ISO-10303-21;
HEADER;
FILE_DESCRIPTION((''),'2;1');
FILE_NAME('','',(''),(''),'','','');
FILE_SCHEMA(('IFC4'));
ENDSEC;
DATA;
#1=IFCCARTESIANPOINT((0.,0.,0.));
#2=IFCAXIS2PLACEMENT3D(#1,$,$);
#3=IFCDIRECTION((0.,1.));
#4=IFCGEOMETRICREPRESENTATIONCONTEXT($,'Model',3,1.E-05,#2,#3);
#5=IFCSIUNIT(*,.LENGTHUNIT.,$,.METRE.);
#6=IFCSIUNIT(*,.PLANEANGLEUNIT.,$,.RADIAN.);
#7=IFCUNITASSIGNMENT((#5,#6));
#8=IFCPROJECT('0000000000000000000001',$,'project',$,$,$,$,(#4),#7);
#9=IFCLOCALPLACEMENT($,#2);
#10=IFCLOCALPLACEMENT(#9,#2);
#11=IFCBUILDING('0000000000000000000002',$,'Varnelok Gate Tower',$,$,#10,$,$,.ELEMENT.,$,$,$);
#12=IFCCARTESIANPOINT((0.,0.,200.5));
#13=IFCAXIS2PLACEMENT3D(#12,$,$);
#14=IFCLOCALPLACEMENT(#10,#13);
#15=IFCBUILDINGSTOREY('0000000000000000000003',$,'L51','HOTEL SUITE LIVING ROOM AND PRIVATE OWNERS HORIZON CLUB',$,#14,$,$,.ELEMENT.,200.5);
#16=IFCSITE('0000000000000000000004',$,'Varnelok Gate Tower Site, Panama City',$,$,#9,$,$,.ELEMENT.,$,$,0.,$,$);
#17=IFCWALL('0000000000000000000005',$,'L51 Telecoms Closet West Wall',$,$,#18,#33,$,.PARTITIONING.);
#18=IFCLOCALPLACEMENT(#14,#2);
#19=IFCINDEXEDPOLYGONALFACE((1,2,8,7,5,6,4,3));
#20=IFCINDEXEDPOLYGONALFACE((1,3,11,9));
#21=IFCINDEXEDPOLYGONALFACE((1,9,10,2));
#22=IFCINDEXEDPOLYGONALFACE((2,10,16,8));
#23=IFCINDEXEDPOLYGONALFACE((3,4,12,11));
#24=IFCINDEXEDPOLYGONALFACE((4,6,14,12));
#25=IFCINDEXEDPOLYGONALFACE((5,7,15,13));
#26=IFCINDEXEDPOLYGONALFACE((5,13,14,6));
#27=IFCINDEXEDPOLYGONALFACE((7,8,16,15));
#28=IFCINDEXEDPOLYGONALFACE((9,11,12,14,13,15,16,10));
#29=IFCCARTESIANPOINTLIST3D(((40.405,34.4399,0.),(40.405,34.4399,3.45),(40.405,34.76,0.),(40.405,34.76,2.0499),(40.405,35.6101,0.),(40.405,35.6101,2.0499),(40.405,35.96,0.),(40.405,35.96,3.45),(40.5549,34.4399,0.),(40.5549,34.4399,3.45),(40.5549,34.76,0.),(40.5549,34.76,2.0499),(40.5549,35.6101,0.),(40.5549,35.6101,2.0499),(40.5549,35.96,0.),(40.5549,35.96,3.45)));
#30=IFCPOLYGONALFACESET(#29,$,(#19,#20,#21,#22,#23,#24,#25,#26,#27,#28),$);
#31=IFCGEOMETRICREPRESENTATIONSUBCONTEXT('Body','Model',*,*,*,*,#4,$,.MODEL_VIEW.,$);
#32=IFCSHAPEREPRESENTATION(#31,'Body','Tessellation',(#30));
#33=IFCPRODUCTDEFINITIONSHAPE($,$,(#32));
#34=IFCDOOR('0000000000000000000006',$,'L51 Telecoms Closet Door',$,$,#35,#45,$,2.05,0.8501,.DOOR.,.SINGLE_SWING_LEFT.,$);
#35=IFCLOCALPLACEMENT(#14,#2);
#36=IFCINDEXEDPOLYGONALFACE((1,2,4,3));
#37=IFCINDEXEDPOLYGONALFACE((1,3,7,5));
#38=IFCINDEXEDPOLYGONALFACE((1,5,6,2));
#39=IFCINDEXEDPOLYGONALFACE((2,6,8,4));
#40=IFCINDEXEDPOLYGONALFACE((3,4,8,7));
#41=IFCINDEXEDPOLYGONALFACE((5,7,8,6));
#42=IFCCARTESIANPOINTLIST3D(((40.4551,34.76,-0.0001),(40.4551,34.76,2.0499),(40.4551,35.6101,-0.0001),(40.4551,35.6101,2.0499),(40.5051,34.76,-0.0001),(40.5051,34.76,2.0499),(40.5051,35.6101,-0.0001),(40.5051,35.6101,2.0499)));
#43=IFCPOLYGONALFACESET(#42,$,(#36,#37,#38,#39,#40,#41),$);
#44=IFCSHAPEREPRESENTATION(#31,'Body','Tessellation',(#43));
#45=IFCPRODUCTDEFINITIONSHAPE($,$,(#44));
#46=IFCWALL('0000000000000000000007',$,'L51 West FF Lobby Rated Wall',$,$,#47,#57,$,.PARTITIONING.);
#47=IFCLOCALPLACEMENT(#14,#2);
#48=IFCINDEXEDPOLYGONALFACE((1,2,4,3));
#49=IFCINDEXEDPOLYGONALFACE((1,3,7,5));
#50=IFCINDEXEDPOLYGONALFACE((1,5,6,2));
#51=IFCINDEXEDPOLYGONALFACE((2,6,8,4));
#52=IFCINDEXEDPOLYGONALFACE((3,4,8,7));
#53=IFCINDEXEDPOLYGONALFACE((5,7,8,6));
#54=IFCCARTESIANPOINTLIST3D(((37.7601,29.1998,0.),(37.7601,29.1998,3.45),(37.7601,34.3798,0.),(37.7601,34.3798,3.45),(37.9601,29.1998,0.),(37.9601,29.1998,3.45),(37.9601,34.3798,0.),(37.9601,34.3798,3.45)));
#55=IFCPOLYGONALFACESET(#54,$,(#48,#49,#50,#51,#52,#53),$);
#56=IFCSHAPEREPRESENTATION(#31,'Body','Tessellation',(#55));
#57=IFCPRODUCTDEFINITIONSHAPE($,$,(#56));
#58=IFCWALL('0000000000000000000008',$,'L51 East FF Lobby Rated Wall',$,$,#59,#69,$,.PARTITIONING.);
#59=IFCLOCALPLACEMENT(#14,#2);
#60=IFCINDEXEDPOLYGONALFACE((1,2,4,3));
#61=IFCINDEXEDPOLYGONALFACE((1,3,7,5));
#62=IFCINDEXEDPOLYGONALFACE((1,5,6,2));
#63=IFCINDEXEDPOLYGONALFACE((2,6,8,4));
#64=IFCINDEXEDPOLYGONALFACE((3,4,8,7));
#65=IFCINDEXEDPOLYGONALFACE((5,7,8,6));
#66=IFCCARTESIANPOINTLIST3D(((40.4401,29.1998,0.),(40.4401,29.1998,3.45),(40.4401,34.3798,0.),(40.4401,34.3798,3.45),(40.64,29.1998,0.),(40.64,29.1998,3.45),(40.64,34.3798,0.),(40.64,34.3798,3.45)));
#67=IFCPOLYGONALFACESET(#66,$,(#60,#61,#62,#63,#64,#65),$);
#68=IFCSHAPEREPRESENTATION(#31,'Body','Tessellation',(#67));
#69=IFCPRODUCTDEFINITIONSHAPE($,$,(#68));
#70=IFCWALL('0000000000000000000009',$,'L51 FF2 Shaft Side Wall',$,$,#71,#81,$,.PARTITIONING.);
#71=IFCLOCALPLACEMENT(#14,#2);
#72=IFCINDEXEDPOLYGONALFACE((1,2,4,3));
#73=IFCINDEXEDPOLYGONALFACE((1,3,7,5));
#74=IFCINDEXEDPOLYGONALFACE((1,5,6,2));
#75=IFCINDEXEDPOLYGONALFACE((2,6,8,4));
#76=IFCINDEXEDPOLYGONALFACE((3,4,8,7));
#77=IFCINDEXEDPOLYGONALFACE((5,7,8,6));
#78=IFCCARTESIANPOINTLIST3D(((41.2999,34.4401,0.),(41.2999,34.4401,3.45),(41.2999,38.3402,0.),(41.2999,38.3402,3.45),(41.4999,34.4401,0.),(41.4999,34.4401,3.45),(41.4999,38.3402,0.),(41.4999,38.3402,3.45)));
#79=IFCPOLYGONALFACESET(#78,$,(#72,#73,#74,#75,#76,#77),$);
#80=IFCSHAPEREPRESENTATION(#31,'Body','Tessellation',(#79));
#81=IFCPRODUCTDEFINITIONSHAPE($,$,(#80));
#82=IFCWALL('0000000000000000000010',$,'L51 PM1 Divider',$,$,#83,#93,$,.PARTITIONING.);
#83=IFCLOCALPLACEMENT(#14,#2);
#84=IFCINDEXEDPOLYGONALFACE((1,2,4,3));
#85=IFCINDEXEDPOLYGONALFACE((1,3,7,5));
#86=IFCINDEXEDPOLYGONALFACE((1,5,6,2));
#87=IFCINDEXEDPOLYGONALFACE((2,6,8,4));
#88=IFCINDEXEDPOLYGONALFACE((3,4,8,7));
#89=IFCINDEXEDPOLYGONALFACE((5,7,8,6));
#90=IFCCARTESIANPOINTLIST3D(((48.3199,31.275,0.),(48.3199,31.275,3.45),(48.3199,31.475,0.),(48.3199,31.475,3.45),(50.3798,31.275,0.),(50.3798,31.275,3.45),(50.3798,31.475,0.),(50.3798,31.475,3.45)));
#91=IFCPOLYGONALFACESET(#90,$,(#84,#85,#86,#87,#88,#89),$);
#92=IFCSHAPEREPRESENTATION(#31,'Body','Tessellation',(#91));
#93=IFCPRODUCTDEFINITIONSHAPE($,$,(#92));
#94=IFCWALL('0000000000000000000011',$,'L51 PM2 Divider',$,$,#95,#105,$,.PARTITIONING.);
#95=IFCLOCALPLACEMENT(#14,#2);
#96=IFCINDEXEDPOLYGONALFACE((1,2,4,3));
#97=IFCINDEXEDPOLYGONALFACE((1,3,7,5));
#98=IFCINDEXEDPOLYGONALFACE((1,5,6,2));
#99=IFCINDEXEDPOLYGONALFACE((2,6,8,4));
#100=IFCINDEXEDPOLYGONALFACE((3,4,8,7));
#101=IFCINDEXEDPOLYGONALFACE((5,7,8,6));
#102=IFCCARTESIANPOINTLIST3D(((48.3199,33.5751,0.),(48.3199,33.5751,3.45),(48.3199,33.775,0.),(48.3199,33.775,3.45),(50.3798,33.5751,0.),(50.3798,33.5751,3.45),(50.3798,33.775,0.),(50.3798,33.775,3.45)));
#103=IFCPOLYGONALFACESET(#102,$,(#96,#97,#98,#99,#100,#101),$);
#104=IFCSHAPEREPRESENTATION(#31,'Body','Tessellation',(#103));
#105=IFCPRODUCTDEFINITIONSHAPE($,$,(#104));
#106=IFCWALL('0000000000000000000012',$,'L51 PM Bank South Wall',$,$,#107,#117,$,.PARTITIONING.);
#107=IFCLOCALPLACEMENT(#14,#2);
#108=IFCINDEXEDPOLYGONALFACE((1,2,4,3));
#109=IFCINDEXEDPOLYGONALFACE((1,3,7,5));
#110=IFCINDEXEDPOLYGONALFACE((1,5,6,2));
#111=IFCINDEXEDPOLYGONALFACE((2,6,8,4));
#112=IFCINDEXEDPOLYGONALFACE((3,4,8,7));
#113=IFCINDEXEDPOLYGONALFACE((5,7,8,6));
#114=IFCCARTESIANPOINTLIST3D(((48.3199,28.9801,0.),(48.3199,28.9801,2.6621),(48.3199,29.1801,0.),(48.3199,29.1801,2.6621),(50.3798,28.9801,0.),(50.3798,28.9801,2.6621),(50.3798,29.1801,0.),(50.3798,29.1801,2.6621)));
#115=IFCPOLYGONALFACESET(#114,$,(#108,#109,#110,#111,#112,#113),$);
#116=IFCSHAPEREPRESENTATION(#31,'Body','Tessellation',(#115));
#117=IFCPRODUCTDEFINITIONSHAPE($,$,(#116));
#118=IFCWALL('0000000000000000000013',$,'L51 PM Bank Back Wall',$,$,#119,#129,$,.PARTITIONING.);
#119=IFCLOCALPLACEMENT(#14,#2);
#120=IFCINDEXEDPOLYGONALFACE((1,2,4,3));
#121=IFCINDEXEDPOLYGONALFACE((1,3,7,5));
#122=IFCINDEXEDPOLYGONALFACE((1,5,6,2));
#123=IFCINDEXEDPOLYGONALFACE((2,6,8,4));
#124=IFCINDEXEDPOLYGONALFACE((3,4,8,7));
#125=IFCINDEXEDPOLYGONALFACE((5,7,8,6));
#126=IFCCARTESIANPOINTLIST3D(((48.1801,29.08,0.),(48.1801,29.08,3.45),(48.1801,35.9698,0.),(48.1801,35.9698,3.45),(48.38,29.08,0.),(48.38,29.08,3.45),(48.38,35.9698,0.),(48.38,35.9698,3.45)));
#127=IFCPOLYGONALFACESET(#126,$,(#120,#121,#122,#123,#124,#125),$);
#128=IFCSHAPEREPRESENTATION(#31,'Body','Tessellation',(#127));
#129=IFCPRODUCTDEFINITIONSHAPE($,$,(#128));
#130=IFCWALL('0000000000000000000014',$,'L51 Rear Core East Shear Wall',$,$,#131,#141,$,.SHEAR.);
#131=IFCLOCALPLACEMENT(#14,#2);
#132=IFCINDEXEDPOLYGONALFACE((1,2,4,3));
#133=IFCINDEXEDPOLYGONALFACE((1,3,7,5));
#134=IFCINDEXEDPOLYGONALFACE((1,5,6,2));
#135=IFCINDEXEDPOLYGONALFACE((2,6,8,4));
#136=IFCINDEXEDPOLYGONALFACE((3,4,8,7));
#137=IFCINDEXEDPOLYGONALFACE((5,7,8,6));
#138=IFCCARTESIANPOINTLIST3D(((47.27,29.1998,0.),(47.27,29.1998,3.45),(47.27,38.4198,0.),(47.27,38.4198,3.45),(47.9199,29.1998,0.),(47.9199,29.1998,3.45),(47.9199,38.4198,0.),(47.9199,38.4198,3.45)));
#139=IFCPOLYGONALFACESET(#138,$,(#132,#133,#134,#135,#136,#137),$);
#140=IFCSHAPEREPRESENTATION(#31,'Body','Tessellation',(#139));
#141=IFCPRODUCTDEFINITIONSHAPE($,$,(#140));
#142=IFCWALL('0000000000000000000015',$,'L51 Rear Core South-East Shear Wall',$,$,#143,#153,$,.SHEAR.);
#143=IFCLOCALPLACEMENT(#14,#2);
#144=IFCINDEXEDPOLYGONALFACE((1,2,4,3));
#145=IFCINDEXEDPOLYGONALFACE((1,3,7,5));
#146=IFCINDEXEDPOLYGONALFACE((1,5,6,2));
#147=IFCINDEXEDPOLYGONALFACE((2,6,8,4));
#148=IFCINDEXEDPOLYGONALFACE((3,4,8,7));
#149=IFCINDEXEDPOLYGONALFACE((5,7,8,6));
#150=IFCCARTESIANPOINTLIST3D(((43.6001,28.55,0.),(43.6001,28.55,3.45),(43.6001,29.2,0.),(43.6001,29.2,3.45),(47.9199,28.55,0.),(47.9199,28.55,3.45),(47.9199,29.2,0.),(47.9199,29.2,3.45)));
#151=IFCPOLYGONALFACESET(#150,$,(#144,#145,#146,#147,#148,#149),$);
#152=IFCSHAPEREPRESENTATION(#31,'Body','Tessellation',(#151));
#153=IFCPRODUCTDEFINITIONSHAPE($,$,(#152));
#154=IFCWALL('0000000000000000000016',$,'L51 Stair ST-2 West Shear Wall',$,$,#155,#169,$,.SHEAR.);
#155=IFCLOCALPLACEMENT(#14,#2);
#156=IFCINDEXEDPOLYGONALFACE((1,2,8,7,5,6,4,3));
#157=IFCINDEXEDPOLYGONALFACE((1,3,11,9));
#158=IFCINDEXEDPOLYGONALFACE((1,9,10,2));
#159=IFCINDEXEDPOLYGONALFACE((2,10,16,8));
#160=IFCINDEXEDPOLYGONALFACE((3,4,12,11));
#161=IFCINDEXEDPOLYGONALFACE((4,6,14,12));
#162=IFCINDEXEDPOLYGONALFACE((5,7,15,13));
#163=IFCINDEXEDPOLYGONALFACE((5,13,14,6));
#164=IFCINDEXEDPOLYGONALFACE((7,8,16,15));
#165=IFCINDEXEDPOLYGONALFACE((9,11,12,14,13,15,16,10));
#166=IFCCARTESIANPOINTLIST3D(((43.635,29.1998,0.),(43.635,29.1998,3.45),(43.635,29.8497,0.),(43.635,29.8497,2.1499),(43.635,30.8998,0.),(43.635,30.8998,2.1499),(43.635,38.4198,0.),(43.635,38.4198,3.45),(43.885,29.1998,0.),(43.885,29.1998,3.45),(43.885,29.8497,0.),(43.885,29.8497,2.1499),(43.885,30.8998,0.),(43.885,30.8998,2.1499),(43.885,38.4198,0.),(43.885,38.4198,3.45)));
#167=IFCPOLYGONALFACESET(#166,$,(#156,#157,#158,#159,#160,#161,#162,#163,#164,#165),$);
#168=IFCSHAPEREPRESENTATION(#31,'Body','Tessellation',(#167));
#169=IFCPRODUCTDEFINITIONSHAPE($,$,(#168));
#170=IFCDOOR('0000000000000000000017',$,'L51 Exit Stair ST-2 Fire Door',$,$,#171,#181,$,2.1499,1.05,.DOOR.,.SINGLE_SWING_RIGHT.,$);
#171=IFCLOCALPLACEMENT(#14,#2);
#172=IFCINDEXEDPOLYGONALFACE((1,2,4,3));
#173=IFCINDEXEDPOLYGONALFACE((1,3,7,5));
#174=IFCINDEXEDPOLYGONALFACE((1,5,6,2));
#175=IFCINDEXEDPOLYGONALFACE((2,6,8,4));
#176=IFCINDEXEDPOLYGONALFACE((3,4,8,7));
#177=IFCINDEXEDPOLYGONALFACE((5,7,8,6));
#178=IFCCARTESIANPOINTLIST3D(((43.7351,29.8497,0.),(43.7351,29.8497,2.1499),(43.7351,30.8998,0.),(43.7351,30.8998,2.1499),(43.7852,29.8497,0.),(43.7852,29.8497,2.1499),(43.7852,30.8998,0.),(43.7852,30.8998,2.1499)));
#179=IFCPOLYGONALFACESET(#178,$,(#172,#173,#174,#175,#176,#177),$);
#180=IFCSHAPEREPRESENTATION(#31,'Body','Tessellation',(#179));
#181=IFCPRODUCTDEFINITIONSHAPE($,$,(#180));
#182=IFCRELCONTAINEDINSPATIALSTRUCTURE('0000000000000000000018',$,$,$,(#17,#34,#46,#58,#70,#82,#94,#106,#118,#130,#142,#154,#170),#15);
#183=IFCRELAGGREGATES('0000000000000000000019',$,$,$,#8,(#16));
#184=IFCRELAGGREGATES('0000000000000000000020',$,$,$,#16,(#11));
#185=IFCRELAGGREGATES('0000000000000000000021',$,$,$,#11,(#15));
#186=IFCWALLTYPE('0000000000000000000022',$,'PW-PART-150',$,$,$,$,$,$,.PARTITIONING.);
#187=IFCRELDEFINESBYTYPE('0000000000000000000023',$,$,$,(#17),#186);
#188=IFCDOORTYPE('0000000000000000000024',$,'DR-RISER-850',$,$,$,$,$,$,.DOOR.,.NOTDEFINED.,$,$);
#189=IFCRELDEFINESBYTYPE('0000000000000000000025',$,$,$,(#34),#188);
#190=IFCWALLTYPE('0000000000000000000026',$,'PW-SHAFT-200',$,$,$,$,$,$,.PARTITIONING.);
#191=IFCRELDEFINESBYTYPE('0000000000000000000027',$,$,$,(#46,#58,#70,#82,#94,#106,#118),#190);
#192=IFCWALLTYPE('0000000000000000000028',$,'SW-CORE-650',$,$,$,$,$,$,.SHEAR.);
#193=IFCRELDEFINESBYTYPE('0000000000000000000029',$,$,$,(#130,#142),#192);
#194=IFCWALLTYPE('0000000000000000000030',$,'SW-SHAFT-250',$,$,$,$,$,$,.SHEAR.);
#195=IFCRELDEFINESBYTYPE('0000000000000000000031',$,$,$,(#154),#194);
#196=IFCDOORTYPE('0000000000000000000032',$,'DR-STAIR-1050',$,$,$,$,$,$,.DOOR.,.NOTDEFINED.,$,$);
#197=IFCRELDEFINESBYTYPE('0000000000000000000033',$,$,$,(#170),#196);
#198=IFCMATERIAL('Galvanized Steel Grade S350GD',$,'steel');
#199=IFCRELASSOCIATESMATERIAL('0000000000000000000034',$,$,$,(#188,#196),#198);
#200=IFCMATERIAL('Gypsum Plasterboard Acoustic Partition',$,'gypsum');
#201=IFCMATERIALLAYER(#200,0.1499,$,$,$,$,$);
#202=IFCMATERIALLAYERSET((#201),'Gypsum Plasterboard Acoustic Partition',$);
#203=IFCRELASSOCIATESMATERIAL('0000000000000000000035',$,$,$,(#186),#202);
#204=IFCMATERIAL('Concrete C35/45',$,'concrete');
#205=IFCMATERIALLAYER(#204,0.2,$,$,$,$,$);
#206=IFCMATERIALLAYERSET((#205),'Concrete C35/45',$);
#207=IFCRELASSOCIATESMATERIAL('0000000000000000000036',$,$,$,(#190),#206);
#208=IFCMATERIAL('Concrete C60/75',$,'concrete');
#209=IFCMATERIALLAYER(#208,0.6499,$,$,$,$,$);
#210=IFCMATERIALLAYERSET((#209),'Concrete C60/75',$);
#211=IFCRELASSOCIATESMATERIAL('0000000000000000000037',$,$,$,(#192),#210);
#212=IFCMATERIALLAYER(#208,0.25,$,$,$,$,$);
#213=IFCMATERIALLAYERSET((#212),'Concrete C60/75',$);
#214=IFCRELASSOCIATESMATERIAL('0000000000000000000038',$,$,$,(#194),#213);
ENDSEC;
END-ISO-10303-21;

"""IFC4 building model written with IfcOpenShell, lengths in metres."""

from ifc_helpers import new_model, si_unit, direction, frame, frame_2d, origin, place, context, subcontext, project, spatial, rectangle, extrude, material, layer, layer_set, type_object, element, fill, save


model = new_model("IFC4")

# Units and contexts
model_context = context("Model", 3, precision=1e-05, world=origin(), true_north=direction((0.0, 1.0)))
body_context = subcontext(model_context, "Body", "Model", "MODEL_VIEW")
ifc_project = project(units=[si_unit("LENGTHUNIT", "METRE"), si_unit("PLANEANGLEUNIT", "RADIAN")], contexts=[model_context])

# Site, building, storey
site_placement = place(None, origin())
site = spatial("IfcSite", under=ifc_project, at=site_placement, Name="Varnelok Gate Tower Site, Panama City", CompositionType="ELEMENT", RefElevation=0.0)
building_placement = place(site_placement, origin())
building = spatial("IfcBuilding", under=site, at=building_placement, Name="Varnelok Gate Tower", CompositionType="ELEMENT")
storey_placement = place(building_placement, frame((0.0, 0.0, 200.5)))
storey = spatial("IfcBuildingStorey", under=building, at=storey_placement, Name="L51", Description="HOTEL SUITE LIVING ROOM AND PRIVATE OWNERS HORIZON CLUB", CompositionType="ELEMENT", Elevation=200.5)

# Shared definitions
ifc_material_1 = material(Name="Concrete C60/75", Category="concrete")

# Wall, opening, door
ifc_material_2 = material(Name="Gypsum Plasterboard Acoustic Partition", Category="gypsum")
ifc_material_3 = material(Name="Galvanized Steel Grade S350GD", Category="steel")
door_type_1 = type_object("IfcDoorType", Name="DR-RISER-850", OperationType="NOTDEFINED", PredefinedType="DOOR", material=ifc_material_3)
ifc_layer_1 = layer(ifc_material_2, 0.1499)
ifc_layer_set_1 = layer_set([ifc_layer_1], Name="Gypsum Plasterboard Acoustic Partition")
wall_type_1 = type_object("IfcWallType", Name="PW-PART-150", PredefinedType="PARTITIONING", material=ifc_layer_set_1)
wall_1_placement = place(storey_placement, frame((40.48, 34.4399, 0.0), z_axis=(0.0, 0.0, 1.0), x_axis=(0.0, 1.0, 0.0)))
wall_1 = element("IfcWall", 1, at=wall_1_placement, inside=storey, type_object=wall_type_1, Name="L51 Telecoms Closet West Wall", PredefinedType="PARTITIONING", context=body_context, shape_type="SweptSolid", body=[
    extrude(rectangle(XDim=1.52, YDim=0.1499, at=frame_2d((0.76, 0.0))), origin(), (0.0, 0.0, 1.0), 3.45),
])
opening_1_placement = place(wall_1_placement, frame((0.3201, 0.0, 0.0)))
opening_1 = element("IfcOpeningElement", 2, at=opening_1_placement, cuts=wall_1, PredefinedType="OPENING", context=body_context, shape_type="SweptSolid", body=[
    extrude(rectangle(XDim=0.8501, YDim=2.05, at=frame_2d((0.425, 1.0249))), frame((0.0, 0.085, 0.0), z_axis=(0.0, -1.0, 0.0), x_axis=(1.0, 0.0, 0.0)), (0.0, 0.0, 1.0), 0.1699),
])
door_1_placement = place(opening_1_placement, origin())
door_1 = element("IfcDoor", 3, at=door_1_placement, inside=storey, type_object=door_type_1, Name="L51 Telecoms Closet Door", OperationType="SINGLE_SWING_LEFT", OverallHeight=2.05, OverallWidth=0.8501, PredefinedType="DOOR", context=body_context, shape_type="SweptSolid", body=[
    extrude(rectangle(XDim=0.8501, YDim=2.05, at=frame_2d((0.425, 1.0249))), frame((0.0, 0.0249, 0.0), z_axis=(0.0, -1.0, 0.0), x_axis=(1.0, 0.0, 0.0)), (0.0, 0.0, 1.0), 0.05),
])
fill(opening_1, door_1)

# Walls
ifc_material_4 = material(Name="Concrete C35/45", Category="concrete")
ifc_layer_2 = layer(ifc_material_4, 0.2)
ifc_layer_set_2 = layer_set([ifc_layer_2], Name="Concrete C35/45")
wall_type_2 = type_object("IfcWallType", Name="PW-SHAFT-200", PredefinedType="PARTITIONING", material=ifc_layer_set_2)
for number, where, z_axis, x_axis, name in (
    (4, (37.8601, 29.2, 0.0), (0.0, 0.0, 1.0), (0.0, 1.0, 0.0), "L51 West FF Lobby Rated Wall"),
    (5, (40.54, 29.2, 0.0), (0.0, 0.0, 1.0), (0.0, 1.0, 0.0), "L51 East FF Lobby Rated Wall"),
):
    element("IfcWall", number, at=place(storey_placement, frame(where, z_axis=z_axis, x_axis=x_axis)), inside=storey, type_object=wall_type_2, Name=name, PredefinedType="PARTITIONING", context=body_context, shape_type="SweptSolid", body=[
        extrude(rectangle(XDim=5.1799, YDim=0.2, at=frame_2d((2.5898, 0.0))), origin(), (0.0, 0.0, 1.0), 3.45),
    ])
wall_2_placement = place(storey_placement, frame((41.3999, 34.4399, 0.0), z_axis=(0.0, 0.0, 1.0), x_axis=(0.0, 1.0, 0.0)))
element("IfcWall", 6, at=wall_2_placement, inside=storey, type_object=wall_type_2, Name="L51 FF2 Shaft Side Wall", PredefinedType="PARTITIONING", context=body_context, shape_type="SweptSolid", body=[
    extrude(rectangle(XDim=3.9001, YDim=0.2, at=frame_2d((1.9502, 0.0))), origin(), (0.0, 0.0, 1.0), 3.45),
])
for number, where, z_axis, x_axis, name in (
    (7, (48.3201, 31.375, 0.0), (0.0, 0.0, 1.0), (1.0, 0.0, 0.0), "L51 PM1 Divider"),
    (8, (48.3201, 33.675, 0.0), (0.0, 0.0, 1.0), (1.0, 0.0, 0.0), "L51 PM2 Divider"),
):
    element("IfcWall", number, at=place(storey_placement, frame(where, z_axis=z_axis, x_axis=x_axis)), inside=storey, type_object=wall_type_2, Name=name, PredefinedType="PARTITIONING", context=body_context, shape_type="SweptSolid", body=[
        extrude(rectangle(XDim=2.0598, YDim=0.2, at=frame_2d((1.0298, 0.0))), origin(), (0.0, 0.0, 1.0), 3.45),
    ])
wall_3_placement = place(storey_placement, frame((48.3201, 29.0801, 0.0), z_axis=(0.0, 0.0, 1.0), x_axis=(1.0, 0.0, 0.0)))
element("IfcWall", 9, at=wall_3_placement, inside=storey, type_object=wall_type_2, Name="L51 PM Bank South Wall", PredefinedType="PARTITIONING", context=body_context, shape_type="SweptSolid", body=[
    extrude(rectangle(XDim=2.0598, YDim=0.2, at=frame_2d((1.0298, 0.0))), origin(), (0.0, 0.0, 1.0), 2.6621),
])
wall_4_placement = place(storey_placement, frame((48.28, 29.0801, 0.0), z_axis=(0.0, 0.0, 1.0), x_axis=(0.0, 1.0, 0.0)))
element("IfcWall", 10, at=wall_4_placement, inside=storey, type_object=wall_type_2, Name="L51 PM Bank Back Wall", PredefinedType="PARTITIONING", context=body_context, shape_type="SweptSolid", body=[
    extrude(rectangle(XDim=6.8899, YDim=0.2, at=frame_2d((3.4448, 0.0))), origin(), (0.0, 0.0, 1.0), 3.45),
])
ifc_layer_3 = layer(ifc_material_1, 0.6499)
ifc_layer_set_3 = layer_set([ifc_layer_3], Name="Concrete C60/75")
wall_type_3 = type_object("IfcWallType", Name="SW-CORE-650", PredefinedType="SHEAR", material=ifc_layer_set_3)
wall_5_placement = place(storey_placement, frame((47.595, 29.2, 0.0), z_axis=(0.0, 0.0, 1.0), x_axis=(0.0, 1.0, 0.0)))
element("IfcWall", 11, at=wall_5_placement, inside=storey, type_object=wall_type_3, Name="L51 Rear Core East Shear Wall", PredefinedType="SHEAR", context=body_context, shape_type="SweptSolid", body=[
    extrude(rectangle(XDim=9.22, YDim=0.6499, at=frame_2d((4.6099, 0.0))), origin(), (0.0, 0.0, 1.0), 3.45),
])
wall_6_placement = place(storey_placement, frame((43.6001, 28.875, 0.0), z_axis=(0.0, 0.0, 1.0), x_axis=(1.0, 0.0, 0.0)))
element("IfcWall", 12, at=wall_6_placement, inside=storey, type_object=wall_type_3, Name="L51 Rear Core South-East Shear Wall", PredefinedType="SHEAR", context=body_context, shape_type="SweptSolid", body=[
    extrude(rectangle(XDim=4.3198, YDim=0.6499, at=frame_2d((2.1599, 0.0))), origin(), (0.0, 0.0, 1.0), 3.45),
])

# Wall, opening, door
ifc_layer_4 = layer(ifc_material_1, 0.25)
ifc_layer_set_4 = layer_set([ifc_layer_4], Name="Concrete C60/75")
wall_type_4 = type_object("IfcWallType", Name="SW-SHAFT-250", PredefinedType="SHEAR", material=ifc_layer_set_4)
wall_7_placement = place(storey_placement, frame((43.76, 29.2, 0.0), z_axis=(0.0, 0.0, 1.0), x_axis=(0.0, 1.0, 0.0)))
wall_7 = element("IfcWall", 13, at=wall_7_placement, inside=storey, type_object=wall_type_4, Name="L51 Stair ST-2 West Shear Wall", PredefinedType="SHEAR", context=body_context, shape_type="SweptSolid", body=[
    extrude(rectangle(XDim=9.22, YDim=0.25, at=frame_2d((4.6099, 0.0))), origin(), (0.0, 0.0, 1.0), 3.45),
])
opening_2_placement = place(wall_7_placement, frame((0.6499, 0.0, 0.0)))
opening_2 = element("IfcOpeningElement", 14, at=opening_2_placement, cuts=wall_7, PredefinedType="OPENING", context=body_context, shape_type="SweptSolid", body=[
    extrude(rectangle(XDim=1.05, YDim=2.1499, at=frame_2d((0.5249, 1.075))), frame((0.0, 0.135, 0.0), z_axis=(0.0, -1.0, 0.0), x_axis=(1.0, 0.0, 0.0)), (0.0, 0.0, 1.0), 0.27),
])
door_type_2 = type_object("IfcDoorType", Name="DR-STAIR-1050", OperationType="NOTDEFINED", PredefinedType="DOOR", material=ifc_material_3)
door_2_placement = place(opening_2_placement, origin())
door_2 = element("IfcDoor", 15, at=door_2_placement, inside=storey, type_object=door_type_2, Name="L51 Exit Stair ST-2 Fire Door", OperationType="SINGLE_SWING_RIGHT", OverallHeight=2.1499, OverallWidth=1.05, PredefinedType="DOOR", context=body_context, shape_type="SweptSolid", body=[
    extrude(rectangle(XDim=1.05, YDim=2.1499, at=frame_2d((0.5249, 1.075))), frame((0.0, 0.0249, 0.0), z_axis=(0.0, -1.0, 0.0), x_axis=(1.0, 0.0, 0.0)), (0.0, 0.0, 1.0), 0.05),
])
fill(opening_2, door_2)

save(model, "model.ifc")
